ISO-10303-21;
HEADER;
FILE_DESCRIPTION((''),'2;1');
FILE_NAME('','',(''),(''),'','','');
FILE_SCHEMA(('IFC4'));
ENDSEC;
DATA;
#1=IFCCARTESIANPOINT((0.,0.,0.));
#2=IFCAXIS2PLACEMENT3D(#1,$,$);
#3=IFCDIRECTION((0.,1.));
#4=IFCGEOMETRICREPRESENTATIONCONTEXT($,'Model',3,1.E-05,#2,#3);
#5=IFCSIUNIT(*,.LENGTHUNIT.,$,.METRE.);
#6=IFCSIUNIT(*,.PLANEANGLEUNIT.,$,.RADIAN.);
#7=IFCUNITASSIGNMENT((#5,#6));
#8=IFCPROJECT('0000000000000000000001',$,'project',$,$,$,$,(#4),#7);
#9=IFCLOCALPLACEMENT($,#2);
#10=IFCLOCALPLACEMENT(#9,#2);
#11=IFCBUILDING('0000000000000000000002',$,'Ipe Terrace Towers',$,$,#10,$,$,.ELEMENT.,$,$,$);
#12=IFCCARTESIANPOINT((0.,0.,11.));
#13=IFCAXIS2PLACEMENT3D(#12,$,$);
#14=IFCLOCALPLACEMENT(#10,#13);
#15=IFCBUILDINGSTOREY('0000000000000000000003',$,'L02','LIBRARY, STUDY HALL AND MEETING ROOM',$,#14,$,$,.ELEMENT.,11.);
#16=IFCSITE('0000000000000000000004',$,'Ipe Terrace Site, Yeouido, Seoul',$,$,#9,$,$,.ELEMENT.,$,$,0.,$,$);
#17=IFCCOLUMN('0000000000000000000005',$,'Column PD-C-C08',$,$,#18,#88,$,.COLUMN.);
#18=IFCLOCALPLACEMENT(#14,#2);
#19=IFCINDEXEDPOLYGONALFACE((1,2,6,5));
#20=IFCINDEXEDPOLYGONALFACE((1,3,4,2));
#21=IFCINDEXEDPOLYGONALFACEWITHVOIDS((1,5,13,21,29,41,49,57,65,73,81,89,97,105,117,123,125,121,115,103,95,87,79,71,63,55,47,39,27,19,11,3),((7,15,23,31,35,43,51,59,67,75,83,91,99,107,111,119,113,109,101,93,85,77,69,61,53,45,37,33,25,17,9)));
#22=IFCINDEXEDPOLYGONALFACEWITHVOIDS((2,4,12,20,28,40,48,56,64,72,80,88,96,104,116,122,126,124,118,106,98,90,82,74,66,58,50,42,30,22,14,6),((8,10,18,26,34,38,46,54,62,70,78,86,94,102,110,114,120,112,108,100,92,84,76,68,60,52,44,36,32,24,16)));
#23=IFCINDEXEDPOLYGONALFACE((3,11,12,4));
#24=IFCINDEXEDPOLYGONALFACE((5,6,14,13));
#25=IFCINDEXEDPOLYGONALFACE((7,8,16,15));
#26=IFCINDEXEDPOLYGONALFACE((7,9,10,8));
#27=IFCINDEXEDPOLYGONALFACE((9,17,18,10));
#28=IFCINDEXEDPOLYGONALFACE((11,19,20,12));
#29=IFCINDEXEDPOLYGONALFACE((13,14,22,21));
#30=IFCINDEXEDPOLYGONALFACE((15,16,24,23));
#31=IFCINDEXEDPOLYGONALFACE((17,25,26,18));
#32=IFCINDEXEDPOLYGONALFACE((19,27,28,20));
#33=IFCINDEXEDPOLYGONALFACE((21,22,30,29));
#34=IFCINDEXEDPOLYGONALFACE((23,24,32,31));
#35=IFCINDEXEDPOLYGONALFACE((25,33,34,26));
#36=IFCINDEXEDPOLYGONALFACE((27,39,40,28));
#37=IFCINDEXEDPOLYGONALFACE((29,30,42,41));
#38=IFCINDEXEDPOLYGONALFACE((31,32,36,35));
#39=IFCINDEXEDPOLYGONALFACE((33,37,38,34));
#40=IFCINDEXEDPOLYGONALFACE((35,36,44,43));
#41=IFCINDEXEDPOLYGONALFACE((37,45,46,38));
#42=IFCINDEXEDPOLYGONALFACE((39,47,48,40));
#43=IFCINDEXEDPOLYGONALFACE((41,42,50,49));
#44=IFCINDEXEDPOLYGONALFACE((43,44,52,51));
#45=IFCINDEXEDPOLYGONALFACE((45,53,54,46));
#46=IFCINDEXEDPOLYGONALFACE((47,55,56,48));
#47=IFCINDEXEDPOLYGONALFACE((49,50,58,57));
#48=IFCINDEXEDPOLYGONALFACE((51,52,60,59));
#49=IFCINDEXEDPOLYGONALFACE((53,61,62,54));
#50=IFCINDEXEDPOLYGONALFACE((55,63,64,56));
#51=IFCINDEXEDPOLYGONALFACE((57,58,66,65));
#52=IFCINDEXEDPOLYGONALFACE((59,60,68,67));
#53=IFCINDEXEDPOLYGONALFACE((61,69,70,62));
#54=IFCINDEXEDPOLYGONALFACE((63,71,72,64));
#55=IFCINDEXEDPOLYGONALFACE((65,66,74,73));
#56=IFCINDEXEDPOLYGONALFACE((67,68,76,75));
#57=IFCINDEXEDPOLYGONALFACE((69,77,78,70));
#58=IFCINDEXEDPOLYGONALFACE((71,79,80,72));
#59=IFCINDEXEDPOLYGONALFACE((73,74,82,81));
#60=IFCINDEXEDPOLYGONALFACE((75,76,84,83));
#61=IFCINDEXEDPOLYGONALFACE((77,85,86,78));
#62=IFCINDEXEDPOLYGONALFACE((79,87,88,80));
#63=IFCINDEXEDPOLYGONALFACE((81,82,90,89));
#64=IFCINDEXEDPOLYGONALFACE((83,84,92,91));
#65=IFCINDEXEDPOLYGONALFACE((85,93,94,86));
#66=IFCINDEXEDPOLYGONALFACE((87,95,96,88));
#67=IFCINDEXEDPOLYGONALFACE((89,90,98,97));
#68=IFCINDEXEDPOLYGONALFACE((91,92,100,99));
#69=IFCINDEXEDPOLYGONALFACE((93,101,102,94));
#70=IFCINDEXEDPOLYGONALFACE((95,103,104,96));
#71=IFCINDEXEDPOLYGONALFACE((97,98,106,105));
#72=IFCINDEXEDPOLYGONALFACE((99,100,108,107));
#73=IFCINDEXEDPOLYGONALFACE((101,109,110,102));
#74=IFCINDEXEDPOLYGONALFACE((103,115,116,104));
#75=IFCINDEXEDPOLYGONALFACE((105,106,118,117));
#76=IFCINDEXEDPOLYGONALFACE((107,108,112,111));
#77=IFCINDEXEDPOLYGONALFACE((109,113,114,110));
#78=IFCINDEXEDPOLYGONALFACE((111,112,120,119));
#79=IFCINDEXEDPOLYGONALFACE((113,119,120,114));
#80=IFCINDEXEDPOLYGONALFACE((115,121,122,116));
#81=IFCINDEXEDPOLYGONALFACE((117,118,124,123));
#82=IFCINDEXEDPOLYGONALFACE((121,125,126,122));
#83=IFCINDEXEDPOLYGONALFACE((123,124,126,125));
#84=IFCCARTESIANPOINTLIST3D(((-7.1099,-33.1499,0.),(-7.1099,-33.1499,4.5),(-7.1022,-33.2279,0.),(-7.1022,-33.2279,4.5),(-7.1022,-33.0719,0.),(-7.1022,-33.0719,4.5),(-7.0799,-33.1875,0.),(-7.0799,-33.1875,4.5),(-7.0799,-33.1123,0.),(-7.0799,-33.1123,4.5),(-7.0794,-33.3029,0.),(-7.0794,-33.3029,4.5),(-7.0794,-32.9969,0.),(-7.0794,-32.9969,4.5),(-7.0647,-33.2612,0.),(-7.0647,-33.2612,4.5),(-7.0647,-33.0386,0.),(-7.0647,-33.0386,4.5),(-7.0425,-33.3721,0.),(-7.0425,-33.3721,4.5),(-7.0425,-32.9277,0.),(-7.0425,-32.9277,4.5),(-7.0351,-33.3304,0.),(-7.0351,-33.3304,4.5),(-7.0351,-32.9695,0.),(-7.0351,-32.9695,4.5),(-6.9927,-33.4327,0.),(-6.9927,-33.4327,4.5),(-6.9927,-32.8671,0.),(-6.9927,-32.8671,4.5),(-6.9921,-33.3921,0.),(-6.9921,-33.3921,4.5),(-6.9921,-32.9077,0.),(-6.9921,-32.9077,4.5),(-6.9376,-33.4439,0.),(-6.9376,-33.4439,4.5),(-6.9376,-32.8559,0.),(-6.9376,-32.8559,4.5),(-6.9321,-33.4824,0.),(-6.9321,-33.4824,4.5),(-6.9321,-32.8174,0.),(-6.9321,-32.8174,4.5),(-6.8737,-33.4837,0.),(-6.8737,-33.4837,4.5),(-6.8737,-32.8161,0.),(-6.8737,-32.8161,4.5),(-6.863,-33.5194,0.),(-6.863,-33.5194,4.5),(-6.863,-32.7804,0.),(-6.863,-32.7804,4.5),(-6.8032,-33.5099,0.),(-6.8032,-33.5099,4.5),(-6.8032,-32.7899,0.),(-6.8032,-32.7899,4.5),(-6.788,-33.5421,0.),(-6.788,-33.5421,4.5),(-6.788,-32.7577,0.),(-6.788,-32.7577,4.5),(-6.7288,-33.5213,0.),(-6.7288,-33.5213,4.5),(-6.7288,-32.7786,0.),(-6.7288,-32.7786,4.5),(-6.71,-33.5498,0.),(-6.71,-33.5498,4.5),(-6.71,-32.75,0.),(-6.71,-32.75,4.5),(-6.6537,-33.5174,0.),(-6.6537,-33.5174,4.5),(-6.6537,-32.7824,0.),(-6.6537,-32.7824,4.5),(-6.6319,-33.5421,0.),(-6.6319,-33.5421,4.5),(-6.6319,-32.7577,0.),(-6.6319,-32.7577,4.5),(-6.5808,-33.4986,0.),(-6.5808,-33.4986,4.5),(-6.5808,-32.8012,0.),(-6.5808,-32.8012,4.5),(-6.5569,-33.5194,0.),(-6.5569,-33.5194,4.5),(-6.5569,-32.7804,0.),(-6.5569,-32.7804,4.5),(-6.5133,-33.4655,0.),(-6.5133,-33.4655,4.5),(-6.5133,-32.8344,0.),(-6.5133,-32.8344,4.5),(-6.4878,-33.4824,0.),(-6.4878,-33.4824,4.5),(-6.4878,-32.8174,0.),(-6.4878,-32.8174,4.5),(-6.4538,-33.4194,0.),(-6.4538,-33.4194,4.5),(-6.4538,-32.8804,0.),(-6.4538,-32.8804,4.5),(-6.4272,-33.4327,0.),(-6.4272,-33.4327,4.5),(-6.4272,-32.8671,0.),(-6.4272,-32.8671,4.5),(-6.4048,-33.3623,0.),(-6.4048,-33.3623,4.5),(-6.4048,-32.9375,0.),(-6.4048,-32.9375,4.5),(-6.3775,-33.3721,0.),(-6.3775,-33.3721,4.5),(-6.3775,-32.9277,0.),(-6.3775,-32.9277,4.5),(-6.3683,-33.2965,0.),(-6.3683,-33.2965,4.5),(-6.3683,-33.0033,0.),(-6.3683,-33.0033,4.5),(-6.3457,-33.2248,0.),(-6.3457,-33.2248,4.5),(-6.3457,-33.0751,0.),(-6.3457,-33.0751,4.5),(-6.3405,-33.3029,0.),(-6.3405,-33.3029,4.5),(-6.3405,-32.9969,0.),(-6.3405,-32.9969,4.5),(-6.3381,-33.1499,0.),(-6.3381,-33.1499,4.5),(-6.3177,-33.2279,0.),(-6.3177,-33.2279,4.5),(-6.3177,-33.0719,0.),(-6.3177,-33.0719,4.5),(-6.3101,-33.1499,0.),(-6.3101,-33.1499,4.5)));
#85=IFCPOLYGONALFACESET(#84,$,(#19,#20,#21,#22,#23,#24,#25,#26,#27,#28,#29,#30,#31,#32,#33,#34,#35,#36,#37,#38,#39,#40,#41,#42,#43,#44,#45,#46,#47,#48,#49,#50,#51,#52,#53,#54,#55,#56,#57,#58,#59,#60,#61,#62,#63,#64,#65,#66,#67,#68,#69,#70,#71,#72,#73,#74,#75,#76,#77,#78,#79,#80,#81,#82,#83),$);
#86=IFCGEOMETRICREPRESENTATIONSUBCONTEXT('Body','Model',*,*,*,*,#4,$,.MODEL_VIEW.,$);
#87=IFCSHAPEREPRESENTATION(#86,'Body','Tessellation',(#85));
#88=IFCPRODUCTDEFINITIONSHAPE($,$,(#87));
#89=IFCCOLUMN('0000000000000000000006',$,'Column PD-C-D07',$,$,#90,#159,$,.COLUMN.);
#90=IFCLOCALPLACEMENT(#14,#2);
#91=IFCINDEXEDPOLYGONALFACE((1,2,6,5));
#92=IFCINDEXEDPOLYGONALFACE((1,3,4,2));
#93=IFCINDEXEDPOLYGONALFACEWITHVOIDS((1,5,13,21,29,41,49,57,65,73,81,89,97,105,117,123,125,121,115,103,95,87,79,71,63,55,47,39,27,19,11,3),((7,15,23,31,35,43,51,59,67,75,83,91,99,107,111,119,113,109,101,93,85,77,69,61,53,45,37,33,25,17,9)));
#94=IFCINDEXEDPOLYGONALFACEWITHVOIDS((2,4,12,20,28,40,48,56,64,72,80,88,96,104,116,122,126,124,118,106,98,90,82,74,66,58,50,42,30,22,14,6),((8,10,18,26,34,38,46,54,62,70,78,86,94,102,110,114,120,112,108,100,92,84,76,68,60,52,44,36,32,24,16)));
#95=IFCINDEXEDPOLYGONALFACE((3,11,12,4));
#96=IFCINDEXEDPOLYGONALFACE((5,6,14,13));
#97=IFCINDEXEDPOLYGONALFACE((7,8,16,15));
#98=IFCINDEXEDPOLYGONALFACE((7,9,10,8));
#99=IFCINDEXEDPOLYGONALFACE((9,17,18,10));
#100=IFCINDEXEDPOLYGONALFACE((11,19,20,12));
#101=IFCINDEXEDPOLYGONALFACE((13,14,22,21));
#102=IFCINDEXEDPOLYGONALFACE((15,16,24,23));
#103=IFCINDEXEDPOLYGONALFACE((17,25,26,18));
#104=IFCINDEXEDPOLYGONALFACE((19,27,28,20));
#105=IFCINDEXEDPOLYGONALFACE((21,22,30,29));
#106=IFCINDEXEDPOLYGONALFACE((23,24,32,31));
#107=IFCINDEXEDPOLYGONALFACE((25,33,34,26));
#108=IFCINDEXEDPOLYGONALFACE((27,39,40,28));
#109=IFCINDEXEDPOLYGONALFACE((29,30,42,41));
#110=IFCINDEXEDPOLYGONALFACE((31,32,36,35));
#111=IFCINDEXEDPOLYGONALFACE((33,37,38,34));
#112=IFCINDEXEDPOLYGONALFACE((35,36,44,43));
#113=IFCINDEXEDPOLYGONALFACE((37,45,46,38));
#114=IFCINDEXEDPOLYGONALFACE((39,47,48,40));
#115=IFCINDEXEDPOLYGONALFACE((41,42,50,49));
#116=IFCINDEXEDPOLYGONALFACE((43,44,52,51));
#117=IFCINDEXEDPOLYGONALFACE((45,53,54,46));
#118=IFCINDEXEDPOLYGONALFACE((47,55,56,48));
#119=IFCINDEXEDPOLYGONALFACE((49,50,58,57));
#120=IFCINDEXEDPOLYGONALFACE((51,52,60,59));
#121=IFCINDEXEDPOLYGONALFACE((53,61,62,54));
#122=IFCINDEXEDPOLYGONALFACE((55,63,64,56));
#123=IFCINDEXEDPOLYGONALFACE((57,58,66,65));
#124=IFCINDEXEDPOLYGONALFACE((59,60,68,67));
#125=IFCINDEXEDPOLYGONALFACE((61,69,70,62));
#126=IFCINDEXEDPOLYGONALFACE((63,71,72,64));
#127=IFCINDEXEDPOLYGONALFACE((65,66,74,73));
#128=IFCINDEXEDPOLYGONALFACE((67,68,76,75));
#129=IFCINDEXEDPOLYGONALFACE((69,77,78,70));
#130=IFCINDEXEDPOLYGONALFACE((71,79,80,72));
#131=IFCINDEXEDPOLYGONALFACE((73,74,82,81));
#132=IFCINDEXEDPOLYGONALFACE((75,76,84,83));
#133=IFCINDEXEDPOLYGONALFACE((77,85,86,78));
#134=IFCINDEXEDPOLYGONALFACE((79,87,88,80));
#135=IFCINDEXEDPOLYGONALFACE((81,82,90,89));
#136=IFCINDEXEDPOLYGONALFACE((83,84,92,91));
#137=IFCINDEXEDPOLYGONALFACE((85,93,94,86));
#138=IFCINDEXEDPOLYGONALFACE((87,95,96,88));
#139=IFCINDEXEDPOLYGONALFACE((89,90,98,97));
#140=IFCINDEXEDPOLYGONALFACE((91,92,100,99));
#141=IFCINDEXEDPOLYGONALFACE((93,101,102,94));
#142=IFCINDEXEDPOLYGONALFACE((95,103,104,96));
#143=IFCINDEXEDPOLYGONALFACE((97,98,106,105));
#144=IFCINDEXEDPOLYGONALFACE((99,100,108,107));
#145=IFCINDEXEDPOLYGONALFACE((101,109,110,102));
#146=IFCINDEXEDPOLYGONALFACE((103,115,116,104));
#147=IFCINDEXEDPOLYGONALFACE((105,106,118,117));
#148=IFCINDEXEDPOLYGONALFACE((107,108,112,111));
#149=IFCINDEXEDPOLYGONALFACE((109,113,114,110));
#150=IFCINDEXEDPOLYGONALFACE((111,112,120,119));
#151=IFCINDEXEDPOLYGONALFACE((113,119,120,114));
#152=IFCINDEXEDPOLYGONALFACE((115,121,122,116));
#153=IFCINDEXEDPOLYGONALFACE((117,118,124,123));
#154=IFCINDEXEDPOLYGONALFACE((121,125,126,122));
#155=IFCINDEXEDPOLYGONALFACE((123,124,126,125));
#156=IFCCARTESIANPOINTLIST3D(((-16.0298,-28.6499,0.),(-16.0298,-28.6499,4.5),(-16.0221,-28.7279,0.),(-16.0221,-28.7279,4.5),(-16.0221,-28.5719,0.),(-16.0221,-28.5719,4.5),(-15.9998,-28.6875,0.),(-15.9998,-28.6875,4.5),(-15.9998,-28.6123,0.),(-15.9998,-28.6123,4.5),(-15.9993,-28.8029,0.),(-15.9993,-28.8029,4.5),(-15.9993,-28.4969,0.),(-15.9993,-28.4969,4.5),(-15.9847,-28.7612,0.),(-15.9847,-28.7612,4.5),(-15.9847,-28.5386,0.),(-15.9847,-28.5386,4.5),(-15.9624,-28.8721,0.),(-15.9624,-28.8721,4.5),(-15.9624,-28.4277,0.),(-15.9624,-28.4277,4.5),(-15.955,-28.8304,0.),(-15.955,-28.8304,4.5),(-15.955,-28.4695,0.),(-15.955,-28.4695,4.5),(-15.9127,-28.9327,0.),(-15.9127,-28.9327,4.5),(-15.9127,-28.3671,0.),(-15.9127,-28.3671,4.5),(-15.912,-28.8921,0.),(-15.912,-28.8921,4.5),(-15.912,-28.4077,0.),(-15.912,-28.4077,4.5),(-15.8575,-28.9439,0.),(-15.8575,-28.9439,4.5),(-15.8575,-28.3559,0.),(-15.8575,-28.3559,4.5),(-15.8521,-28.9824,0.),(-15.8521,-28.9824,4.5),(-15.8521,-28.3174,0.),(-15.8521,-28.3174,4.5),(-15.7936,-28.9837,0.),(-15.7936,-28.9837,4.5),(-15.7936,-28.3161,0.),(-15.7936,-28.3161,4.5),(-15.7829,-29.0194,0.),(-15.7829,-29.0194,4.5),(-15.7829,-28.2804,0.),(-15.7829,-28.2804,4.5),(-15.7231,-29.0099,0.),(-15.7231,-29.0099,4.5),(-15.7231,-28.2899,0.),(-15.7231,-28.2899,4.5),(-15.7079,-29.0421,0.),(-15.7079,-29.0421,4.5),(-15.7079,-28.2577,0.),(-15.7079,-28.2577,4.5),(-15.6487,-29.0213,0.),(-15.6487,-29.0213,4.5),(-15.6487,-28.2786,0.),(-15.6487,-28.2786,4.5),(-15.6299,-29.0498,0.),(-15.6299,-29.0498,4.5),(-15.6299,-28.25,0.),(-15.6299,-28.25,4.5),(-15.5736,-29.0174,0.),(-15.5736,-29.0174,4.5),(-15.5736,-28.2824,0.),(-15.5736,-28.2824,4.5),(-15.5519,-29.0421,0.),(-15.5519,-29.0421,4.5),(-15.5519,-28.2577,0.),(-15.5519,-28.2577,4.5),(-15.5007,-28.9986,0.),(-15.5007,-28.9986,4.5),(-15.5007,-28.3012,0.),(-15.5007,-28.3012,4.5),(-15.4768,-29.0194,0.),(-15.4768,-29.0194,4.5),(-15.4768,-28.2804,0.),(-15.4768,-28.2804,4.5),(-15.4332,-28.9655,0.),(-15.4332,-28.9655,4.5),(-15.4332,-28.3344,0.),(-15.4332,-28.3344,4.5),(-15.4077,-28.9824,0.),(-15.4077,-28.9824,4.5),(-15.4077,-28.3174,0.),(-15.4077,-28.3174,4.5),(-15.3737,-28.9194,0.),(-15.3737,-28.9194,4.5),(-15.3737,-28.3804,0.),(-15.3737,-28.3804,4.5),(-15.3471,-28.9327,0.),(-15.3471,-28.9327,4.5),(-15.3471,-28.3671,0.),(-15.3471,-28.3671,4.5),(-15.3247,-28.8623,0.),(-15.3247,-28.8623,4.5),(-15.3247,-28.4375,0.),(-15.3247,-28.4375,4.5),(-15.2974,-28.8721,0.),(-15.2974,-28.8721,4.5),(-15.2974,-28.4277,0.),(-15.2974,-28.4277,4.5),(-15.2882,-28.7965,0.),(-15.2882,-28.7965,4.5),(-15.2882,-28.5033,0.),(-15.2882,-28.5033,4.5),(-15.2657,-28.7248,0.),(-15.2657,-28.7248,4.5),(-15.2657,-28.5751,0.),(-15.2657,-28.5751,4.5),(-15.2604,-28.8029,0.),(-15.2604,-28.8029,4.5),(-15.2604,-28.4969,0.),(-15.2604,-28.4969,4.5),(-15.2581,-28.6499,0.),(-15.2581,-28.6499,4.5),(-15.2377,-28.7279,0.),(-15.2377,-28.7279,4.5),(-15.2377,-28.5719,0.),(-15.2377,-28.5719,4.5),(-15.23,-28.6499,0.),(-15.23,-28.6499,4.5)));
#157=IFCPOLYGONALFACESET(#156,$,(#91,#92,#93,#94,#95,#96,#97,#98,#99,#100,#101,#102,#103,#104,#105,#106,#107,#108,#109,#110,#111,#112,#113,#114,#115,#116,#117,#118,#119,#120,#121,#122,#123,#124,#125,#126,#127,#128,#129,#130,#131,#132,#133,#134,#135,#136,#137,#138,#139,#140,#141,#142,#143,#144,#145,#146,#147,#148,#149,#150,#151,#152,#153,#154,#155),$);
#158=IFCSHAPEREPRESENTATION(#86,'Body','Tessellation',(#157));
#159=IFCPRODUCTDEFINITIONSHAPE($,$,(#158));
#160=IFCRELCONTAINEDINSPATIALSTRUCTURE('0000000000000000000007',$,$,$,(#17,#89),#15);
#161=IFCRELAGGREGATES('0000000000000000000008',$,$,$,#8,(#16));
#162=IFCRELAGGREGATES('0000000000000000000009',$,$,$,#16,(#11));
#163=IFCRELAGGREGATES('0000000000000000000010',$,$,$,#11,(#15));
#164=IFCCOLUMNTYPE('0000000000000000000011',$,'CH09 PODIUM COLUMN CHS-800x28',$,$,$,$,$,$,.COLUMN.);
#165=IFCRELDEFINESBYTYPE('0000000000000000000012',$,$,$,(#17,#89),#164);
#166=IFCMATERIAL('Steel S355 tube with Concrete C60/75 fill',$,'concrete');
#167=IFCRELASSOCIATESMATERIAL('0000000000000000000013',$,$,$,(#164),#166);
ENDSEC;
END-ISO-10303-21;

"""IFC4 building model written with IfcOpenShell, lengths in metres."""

from ifc_helpers import new_model, si_unit, direction, frame, origin, origin_2d, place, context, subcontext, project, spatial, hollow_circle, extrude, material, material_profile, profile_set, type_object, element, save


model = new_model("IFC4")

# Units and contexts
model_context = context("Model", 3, precision=1e-05, world=origin(), true_north=direction((0.0, 1.0)))
body_context = subcontext(model_context, "Body", "Model", "MODEL_VIEW")
ifc_project = project(units=[si_unit("LENGTHUNIT", "METRE"), si_unit("PLANEANGLEUNIT", "RADIAN")], contexts=[model_context])

# Site, building, storey
site_placement = place(None, origin())
site = spatial("IfcSite", under=ifc_project, at=site_placement, Name="Ipe Terrace Site, Yeouido, Seoul", CompositionType="ELEMENT", RefElevation=0.0)
building_placement = place(site_placement, origin())
building = spatial("IfcBuilding", under=site, at=building_placement, Name="Ipe Terrace Towers", CompositionType="ELEMENT")
storey_placement = place(building_placement, frame((0.0, 0.0, 11.0)))
storey = spatial("IfcBuildingStorey", under=building, at=storey_placement, Name="L02", Description="LIBRARY, STUDY HALL AND MEETING ROOM", CompositionType="ELEMENT", Elevation=11.0)

# Columns
ifc_material_1 = material(Name="Steel S355 tube with Concrete C60/75 fill", Category="concrete")
ifc_material_profile_1 = material_profile(ifc_material_1, hollow_circle(Radius=0.3999, WallThickness=0.0281, at=origin_2d()), Name="CHS-800x28")
ifc_profile_set_1 = profile_set([ifc_material_profile_1], Name="Steel S355 tube with Concrete C60/75 fill")
column_type = type_object("IfcColumnType", Name="CH09 PODIUM COLUMN CHS-800x28", PredefinedType="COLUMN", material=ifc_profile_set_1)
for number, where, z_axis, x_axis, name in (
    (1, (-6.71, -33.1499, 0.0), (0.0, 0.0, 1.0), (1.0, 0.0, 0.0), "Column PD-C-C08"),
    (2, (-15.6299, -28.6499, 0.0), (0.0, 0.0, 1.0), (1.0, 0.0, 0.0), "Column PD-C-D07"),
):
    element("IfcColumn", number, at=place(storey_placement, frame(where, z_axis=z_axis, x_axis=x_axis)), inside=storey, type_object=column_type, Name=name, PredefinedType="COLUMN", context=body_context, shape_type="SweptSolid", body=[
        extrude(hollow_circle(Radius=0.3999, WallThickness=0.0281, at=origin_2d()), origin(), (0.0, 0.0, 1.0), 4.5),
    ])

save(model, "model.ifc")
